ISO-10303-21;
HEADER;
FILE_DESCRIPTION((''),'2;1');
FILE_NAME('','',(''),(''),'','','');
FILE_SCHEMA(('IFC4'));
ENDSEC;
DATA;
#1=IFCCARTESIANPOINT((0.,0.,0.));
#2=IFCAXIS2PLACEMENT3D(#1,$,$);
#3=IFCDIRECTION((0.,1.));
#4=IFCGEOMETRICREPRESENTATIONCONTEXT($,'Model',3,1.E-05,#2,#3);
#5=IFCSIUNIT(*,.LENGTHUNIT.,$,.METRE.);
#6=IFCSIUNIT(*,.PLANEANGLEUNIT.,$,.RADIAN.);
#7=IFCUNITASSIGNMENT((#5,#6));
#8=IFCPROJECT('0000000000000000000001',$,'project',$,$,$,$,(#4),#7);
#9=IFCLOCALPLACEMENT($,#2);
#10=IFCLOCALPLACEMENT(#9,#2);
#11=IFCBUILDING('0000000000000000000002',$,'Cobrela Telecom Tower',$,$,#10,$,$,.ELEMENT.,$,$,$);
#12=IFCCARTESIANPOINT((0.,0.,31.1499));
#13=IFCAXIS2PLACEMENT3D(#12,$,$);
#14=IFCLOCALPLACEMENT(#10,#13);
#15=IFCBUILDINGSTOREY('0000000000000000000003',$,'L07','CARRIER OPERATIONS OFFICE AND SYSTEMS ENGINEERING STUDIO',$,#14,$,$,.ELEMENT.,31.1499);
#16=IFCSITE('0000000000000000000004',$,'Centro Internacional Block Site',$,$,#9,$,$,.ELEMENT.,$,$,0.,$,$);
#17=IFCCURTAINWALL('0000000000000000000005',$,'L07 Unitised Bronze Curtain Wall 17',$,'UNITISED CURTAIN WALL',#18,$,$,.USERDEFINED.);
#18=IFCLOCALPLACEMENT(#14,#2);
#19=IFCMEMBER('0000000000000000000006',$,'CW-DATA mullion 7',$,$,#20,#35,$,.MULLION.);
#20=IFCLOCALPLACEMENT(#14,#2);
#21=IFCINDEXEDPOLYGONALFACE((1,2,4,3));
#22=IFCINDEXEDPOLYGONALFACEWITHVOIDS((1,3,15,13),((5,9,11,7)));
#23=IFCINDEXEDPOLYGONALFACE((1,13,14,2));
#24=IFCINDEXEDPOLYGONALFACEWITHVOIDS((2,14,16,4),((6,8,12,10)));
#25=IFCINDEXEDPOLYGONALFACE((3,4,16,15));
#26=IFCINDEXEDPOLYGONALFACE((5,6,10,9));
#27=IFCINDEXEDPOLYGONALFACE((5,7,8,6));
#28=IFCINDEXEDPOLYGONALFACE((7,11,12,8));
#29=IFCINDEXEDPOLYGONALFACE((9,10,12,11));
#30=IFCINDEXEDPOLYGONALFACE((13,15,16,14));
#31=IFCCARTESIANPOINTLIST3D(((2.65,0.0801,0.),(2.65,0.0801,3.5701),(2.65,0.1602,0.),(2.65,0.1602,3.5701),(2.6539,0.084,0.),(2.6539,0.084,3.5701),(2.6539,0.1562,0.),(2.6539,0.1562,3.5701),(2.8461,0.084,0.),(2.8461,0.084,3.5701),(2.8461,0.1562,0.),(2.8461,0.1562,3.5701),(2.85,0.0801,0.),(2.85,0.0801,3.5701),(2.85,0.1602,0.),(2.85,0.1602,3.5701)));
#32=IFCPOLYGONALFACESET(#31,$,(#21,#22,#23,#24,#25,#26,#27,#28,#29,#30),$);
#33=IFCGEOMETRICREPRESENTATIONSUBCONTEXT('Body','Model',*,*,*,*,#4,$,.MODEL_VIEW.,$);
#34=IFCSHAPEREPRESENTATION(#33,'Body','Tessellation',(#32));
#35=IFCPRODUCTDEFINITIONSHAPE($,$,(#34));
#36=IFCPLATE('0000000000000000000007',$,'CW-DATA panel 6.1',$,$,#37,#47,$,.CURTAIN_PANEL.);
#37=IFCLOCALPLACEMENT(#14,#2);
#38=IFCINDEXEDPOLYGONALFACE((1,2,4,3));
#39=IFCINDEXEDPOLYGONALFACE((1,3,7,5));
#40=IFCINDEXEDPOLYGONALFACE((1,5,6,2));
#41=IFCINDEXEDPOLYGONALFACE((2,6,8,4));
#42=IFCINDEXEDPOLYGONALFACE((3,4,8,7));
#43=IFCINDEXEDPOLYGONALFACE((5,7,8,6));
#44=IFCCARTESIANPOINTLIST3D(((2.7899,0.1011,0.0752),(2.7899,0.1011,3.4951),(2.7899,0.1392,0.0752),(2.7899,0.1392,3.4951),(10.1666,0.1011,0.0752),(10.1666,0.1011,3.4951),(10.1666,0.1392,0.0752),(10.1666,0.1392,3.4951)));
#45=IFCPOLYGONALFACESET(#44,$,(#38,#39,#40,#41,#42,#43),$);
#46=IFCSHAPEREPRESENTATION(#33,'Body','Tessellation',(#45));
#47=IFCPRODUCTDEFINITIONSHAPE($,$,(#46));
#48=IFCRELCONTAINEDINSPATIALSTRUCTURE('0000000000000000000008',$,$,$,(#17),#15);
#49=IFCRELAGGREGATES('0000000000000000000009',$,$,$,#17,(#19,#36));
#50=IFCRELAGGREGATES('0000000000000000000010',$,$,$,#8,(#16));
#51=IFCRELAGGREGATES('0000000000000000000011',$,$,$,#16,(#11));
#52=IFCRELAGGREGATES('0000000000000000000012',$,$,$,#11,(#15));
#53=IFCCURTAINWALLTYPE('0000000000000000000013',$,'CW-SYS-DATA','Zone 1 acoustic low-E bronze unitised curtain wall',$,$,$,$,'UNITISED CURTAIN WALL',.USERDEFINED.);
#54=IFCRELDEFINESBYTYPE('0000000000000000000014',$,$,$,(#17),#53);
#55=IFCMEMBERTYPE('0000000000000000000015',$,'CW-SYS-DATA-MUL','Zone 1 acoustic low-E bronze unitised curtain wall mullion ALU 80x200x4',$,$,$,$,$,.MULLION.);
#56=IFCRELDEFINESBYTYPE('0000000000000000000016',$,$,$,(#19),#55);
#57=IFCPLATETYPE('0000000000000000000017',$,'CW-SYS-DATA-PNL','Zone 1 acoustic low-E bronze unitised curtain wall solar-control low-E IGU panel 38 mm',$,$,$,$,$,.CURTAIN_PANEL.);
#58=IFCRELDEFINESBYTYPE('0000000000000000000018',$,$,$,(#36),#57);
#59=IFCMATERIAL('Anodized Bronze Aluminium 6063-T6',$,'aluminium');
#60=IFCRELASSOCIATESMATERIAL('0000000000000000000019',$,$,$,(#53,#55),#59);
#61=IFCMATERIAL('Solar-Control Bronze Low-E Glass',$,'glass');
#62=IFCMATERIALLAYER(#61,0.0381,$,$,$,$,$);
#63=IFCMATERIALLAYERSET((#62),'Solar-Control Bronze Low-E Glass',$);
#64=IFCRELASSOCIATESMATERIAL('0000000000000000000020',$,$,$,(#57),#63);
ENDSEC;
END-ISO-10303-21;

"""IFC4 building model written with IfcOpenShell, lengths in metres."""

from ifc_helpers import new_model, si_unit, direction, frame, origin, origin_2d, place, context, subcontext, project, spatial, rectangle, hollow_rectangle, extrude, material, layer, layer_set, material_profile, profile_set, type_object, element, aggregate, save


model = new_model("IFC4")

# Units and contexts
model_context = context("Model", 3, precision=1e-05, world=origin(), true_north=direction((0.0, 1.0)))
body_context = subcontext(model_context, "Body", "Model", "MODEL_VIEW")
ifc_project = project(units=[si_unit("LENGTHUNIT", "METRE"), si_unit("PLANEANGLEUNIT", "RADIAN")], contexts=[model_context])

# Site, building, storey
site_placement = place(None, origin())
site = spatial("IfcSite", under=ifc_project, at=site_placement, Name="Centro Internacional Block Site", CompositionType="ELEMENT", RefElevation=0.0)
building_placement = place(site_placement, origin())
building = spatial("IfcBuilding", under=site, at=building_placement, Name="Cobrela Telecom Tower", CompositionType="ELEMENT")
storey_placement = place(building_placement, frame((0.0, 0.0, 31.1499)))
storey = spatial("IfcBuildingStorey", under=building, at=storey_placement, Name="L07", Description="CARRIER OPERATIONS OFFICE AND SYSTEMS ENGINEERING STUDIO", CompositionType="ELEMENT", Elevation=31.1499)

# Curtain wall, member, plate
ifc_material_1 = material(Name="Anodized Bronze Aluminium 6063-T6", Category="aluminium")
curtain_wall_type = type_object("IfcCurtainWallType", Name="CW-SYS-DATA", Description="Zone 1 acoustic low-E bronze unitised curtain wall", ElementType="UNITISED CURTAIN WALL", PredefinedType="USERDEFINED", material=ifc_material_1)
curtain_wall_placement = place(storey_placement, origin())
curtain_wall = element("IfcCurtainWall", 1, at=curtain_wall_placement, inside=storey, type_object=curtain_wall_type, Name="L07 Unitised Bronze Curtain Wall 17", ObjectType="UNITISED CURTAIN WALL", PredefinedType="USERDEFINED")
ifc_material_profile = material_profile(ifc_material_1, hollow_rectangle(XDim=0.0801, YDim=0.2, WallThickness=0.0039, at=origin_2d()), Name="ALU 80x200x4")
ifc_profile_set = profile_set([ifc_material_profile], Name="Anodized Bronze Aluminium 6063-T6")
member_type = type_object("IfcMemberType", Name="CW-SYS-DATA-MUL", Description="Zone 1 acoustic low-E bronze unitised curtain wall mullion ALU 80x200x4", PredefinedType="MULLION", material=ifc_profile_set)
member_placement = place(storey_placement, frame((2.75, 0.1201, 0.0), z_axis=(0.0, 0.0, 1.0), x_axis=(0.0, -1.0, 0.0)))
member = element("IfcMember", 2, at=member_placement, type_object=member_type, Name="CW-DATA mullion 7", PredefinedType="MULLION", context=body_context, shape_type="SweptSolid", body=[
    extrude(hollow_rectangle(XDim=0.0801, YDim=0.2, WallThickness=0.0039, at=origin_2d()), origin(), (0.0, 0.0, 1.0), 3.5701),
])
ifc_material_2 = material(Name="Solar-Control Bronze Low-E Glass", Category="glass")
ifc_layer_1 = layer(ifc_material_2, 0.0381)
ifc_layer_set_1 = layer_set([ifc_layer_1], Name="Solar-Control Bronze Low-E Glass")
plate_type = type_object("IfcPlateType", Name="CW-SYS-DATA-PNL", Description="Zone 1 acoustic low-E bronze unitised curtain wall solar-control low-E IGU panel 38 mm", PredefinedType="CURTAIN_PANEL", material=ifc_layer_set_1)
plate_placement = place(storey_placement, frame((6.4783, 0.1201, 0.0752), z_axis=(0.0, 0.0, 1.0), x_axis=(-1.0, 0.0, 0.0)))
plate = element("IfcPlate", 3, at=plate_placement, type_object=plate_type, Name="CW-DATA panel 6.1", PredefinedType="CURTAIN_PANEL", context=body_context, shape_type="SweptSolid", body=[
    extrude(rectangle(XDim=7.3767, YDim=0.0381, at=origin_2d()), origin(), (0.0, 0.0, 1.0), 3.4199),
])
aggregate(curtain_wall, [member, plate])

save(model, "model.ifc")
